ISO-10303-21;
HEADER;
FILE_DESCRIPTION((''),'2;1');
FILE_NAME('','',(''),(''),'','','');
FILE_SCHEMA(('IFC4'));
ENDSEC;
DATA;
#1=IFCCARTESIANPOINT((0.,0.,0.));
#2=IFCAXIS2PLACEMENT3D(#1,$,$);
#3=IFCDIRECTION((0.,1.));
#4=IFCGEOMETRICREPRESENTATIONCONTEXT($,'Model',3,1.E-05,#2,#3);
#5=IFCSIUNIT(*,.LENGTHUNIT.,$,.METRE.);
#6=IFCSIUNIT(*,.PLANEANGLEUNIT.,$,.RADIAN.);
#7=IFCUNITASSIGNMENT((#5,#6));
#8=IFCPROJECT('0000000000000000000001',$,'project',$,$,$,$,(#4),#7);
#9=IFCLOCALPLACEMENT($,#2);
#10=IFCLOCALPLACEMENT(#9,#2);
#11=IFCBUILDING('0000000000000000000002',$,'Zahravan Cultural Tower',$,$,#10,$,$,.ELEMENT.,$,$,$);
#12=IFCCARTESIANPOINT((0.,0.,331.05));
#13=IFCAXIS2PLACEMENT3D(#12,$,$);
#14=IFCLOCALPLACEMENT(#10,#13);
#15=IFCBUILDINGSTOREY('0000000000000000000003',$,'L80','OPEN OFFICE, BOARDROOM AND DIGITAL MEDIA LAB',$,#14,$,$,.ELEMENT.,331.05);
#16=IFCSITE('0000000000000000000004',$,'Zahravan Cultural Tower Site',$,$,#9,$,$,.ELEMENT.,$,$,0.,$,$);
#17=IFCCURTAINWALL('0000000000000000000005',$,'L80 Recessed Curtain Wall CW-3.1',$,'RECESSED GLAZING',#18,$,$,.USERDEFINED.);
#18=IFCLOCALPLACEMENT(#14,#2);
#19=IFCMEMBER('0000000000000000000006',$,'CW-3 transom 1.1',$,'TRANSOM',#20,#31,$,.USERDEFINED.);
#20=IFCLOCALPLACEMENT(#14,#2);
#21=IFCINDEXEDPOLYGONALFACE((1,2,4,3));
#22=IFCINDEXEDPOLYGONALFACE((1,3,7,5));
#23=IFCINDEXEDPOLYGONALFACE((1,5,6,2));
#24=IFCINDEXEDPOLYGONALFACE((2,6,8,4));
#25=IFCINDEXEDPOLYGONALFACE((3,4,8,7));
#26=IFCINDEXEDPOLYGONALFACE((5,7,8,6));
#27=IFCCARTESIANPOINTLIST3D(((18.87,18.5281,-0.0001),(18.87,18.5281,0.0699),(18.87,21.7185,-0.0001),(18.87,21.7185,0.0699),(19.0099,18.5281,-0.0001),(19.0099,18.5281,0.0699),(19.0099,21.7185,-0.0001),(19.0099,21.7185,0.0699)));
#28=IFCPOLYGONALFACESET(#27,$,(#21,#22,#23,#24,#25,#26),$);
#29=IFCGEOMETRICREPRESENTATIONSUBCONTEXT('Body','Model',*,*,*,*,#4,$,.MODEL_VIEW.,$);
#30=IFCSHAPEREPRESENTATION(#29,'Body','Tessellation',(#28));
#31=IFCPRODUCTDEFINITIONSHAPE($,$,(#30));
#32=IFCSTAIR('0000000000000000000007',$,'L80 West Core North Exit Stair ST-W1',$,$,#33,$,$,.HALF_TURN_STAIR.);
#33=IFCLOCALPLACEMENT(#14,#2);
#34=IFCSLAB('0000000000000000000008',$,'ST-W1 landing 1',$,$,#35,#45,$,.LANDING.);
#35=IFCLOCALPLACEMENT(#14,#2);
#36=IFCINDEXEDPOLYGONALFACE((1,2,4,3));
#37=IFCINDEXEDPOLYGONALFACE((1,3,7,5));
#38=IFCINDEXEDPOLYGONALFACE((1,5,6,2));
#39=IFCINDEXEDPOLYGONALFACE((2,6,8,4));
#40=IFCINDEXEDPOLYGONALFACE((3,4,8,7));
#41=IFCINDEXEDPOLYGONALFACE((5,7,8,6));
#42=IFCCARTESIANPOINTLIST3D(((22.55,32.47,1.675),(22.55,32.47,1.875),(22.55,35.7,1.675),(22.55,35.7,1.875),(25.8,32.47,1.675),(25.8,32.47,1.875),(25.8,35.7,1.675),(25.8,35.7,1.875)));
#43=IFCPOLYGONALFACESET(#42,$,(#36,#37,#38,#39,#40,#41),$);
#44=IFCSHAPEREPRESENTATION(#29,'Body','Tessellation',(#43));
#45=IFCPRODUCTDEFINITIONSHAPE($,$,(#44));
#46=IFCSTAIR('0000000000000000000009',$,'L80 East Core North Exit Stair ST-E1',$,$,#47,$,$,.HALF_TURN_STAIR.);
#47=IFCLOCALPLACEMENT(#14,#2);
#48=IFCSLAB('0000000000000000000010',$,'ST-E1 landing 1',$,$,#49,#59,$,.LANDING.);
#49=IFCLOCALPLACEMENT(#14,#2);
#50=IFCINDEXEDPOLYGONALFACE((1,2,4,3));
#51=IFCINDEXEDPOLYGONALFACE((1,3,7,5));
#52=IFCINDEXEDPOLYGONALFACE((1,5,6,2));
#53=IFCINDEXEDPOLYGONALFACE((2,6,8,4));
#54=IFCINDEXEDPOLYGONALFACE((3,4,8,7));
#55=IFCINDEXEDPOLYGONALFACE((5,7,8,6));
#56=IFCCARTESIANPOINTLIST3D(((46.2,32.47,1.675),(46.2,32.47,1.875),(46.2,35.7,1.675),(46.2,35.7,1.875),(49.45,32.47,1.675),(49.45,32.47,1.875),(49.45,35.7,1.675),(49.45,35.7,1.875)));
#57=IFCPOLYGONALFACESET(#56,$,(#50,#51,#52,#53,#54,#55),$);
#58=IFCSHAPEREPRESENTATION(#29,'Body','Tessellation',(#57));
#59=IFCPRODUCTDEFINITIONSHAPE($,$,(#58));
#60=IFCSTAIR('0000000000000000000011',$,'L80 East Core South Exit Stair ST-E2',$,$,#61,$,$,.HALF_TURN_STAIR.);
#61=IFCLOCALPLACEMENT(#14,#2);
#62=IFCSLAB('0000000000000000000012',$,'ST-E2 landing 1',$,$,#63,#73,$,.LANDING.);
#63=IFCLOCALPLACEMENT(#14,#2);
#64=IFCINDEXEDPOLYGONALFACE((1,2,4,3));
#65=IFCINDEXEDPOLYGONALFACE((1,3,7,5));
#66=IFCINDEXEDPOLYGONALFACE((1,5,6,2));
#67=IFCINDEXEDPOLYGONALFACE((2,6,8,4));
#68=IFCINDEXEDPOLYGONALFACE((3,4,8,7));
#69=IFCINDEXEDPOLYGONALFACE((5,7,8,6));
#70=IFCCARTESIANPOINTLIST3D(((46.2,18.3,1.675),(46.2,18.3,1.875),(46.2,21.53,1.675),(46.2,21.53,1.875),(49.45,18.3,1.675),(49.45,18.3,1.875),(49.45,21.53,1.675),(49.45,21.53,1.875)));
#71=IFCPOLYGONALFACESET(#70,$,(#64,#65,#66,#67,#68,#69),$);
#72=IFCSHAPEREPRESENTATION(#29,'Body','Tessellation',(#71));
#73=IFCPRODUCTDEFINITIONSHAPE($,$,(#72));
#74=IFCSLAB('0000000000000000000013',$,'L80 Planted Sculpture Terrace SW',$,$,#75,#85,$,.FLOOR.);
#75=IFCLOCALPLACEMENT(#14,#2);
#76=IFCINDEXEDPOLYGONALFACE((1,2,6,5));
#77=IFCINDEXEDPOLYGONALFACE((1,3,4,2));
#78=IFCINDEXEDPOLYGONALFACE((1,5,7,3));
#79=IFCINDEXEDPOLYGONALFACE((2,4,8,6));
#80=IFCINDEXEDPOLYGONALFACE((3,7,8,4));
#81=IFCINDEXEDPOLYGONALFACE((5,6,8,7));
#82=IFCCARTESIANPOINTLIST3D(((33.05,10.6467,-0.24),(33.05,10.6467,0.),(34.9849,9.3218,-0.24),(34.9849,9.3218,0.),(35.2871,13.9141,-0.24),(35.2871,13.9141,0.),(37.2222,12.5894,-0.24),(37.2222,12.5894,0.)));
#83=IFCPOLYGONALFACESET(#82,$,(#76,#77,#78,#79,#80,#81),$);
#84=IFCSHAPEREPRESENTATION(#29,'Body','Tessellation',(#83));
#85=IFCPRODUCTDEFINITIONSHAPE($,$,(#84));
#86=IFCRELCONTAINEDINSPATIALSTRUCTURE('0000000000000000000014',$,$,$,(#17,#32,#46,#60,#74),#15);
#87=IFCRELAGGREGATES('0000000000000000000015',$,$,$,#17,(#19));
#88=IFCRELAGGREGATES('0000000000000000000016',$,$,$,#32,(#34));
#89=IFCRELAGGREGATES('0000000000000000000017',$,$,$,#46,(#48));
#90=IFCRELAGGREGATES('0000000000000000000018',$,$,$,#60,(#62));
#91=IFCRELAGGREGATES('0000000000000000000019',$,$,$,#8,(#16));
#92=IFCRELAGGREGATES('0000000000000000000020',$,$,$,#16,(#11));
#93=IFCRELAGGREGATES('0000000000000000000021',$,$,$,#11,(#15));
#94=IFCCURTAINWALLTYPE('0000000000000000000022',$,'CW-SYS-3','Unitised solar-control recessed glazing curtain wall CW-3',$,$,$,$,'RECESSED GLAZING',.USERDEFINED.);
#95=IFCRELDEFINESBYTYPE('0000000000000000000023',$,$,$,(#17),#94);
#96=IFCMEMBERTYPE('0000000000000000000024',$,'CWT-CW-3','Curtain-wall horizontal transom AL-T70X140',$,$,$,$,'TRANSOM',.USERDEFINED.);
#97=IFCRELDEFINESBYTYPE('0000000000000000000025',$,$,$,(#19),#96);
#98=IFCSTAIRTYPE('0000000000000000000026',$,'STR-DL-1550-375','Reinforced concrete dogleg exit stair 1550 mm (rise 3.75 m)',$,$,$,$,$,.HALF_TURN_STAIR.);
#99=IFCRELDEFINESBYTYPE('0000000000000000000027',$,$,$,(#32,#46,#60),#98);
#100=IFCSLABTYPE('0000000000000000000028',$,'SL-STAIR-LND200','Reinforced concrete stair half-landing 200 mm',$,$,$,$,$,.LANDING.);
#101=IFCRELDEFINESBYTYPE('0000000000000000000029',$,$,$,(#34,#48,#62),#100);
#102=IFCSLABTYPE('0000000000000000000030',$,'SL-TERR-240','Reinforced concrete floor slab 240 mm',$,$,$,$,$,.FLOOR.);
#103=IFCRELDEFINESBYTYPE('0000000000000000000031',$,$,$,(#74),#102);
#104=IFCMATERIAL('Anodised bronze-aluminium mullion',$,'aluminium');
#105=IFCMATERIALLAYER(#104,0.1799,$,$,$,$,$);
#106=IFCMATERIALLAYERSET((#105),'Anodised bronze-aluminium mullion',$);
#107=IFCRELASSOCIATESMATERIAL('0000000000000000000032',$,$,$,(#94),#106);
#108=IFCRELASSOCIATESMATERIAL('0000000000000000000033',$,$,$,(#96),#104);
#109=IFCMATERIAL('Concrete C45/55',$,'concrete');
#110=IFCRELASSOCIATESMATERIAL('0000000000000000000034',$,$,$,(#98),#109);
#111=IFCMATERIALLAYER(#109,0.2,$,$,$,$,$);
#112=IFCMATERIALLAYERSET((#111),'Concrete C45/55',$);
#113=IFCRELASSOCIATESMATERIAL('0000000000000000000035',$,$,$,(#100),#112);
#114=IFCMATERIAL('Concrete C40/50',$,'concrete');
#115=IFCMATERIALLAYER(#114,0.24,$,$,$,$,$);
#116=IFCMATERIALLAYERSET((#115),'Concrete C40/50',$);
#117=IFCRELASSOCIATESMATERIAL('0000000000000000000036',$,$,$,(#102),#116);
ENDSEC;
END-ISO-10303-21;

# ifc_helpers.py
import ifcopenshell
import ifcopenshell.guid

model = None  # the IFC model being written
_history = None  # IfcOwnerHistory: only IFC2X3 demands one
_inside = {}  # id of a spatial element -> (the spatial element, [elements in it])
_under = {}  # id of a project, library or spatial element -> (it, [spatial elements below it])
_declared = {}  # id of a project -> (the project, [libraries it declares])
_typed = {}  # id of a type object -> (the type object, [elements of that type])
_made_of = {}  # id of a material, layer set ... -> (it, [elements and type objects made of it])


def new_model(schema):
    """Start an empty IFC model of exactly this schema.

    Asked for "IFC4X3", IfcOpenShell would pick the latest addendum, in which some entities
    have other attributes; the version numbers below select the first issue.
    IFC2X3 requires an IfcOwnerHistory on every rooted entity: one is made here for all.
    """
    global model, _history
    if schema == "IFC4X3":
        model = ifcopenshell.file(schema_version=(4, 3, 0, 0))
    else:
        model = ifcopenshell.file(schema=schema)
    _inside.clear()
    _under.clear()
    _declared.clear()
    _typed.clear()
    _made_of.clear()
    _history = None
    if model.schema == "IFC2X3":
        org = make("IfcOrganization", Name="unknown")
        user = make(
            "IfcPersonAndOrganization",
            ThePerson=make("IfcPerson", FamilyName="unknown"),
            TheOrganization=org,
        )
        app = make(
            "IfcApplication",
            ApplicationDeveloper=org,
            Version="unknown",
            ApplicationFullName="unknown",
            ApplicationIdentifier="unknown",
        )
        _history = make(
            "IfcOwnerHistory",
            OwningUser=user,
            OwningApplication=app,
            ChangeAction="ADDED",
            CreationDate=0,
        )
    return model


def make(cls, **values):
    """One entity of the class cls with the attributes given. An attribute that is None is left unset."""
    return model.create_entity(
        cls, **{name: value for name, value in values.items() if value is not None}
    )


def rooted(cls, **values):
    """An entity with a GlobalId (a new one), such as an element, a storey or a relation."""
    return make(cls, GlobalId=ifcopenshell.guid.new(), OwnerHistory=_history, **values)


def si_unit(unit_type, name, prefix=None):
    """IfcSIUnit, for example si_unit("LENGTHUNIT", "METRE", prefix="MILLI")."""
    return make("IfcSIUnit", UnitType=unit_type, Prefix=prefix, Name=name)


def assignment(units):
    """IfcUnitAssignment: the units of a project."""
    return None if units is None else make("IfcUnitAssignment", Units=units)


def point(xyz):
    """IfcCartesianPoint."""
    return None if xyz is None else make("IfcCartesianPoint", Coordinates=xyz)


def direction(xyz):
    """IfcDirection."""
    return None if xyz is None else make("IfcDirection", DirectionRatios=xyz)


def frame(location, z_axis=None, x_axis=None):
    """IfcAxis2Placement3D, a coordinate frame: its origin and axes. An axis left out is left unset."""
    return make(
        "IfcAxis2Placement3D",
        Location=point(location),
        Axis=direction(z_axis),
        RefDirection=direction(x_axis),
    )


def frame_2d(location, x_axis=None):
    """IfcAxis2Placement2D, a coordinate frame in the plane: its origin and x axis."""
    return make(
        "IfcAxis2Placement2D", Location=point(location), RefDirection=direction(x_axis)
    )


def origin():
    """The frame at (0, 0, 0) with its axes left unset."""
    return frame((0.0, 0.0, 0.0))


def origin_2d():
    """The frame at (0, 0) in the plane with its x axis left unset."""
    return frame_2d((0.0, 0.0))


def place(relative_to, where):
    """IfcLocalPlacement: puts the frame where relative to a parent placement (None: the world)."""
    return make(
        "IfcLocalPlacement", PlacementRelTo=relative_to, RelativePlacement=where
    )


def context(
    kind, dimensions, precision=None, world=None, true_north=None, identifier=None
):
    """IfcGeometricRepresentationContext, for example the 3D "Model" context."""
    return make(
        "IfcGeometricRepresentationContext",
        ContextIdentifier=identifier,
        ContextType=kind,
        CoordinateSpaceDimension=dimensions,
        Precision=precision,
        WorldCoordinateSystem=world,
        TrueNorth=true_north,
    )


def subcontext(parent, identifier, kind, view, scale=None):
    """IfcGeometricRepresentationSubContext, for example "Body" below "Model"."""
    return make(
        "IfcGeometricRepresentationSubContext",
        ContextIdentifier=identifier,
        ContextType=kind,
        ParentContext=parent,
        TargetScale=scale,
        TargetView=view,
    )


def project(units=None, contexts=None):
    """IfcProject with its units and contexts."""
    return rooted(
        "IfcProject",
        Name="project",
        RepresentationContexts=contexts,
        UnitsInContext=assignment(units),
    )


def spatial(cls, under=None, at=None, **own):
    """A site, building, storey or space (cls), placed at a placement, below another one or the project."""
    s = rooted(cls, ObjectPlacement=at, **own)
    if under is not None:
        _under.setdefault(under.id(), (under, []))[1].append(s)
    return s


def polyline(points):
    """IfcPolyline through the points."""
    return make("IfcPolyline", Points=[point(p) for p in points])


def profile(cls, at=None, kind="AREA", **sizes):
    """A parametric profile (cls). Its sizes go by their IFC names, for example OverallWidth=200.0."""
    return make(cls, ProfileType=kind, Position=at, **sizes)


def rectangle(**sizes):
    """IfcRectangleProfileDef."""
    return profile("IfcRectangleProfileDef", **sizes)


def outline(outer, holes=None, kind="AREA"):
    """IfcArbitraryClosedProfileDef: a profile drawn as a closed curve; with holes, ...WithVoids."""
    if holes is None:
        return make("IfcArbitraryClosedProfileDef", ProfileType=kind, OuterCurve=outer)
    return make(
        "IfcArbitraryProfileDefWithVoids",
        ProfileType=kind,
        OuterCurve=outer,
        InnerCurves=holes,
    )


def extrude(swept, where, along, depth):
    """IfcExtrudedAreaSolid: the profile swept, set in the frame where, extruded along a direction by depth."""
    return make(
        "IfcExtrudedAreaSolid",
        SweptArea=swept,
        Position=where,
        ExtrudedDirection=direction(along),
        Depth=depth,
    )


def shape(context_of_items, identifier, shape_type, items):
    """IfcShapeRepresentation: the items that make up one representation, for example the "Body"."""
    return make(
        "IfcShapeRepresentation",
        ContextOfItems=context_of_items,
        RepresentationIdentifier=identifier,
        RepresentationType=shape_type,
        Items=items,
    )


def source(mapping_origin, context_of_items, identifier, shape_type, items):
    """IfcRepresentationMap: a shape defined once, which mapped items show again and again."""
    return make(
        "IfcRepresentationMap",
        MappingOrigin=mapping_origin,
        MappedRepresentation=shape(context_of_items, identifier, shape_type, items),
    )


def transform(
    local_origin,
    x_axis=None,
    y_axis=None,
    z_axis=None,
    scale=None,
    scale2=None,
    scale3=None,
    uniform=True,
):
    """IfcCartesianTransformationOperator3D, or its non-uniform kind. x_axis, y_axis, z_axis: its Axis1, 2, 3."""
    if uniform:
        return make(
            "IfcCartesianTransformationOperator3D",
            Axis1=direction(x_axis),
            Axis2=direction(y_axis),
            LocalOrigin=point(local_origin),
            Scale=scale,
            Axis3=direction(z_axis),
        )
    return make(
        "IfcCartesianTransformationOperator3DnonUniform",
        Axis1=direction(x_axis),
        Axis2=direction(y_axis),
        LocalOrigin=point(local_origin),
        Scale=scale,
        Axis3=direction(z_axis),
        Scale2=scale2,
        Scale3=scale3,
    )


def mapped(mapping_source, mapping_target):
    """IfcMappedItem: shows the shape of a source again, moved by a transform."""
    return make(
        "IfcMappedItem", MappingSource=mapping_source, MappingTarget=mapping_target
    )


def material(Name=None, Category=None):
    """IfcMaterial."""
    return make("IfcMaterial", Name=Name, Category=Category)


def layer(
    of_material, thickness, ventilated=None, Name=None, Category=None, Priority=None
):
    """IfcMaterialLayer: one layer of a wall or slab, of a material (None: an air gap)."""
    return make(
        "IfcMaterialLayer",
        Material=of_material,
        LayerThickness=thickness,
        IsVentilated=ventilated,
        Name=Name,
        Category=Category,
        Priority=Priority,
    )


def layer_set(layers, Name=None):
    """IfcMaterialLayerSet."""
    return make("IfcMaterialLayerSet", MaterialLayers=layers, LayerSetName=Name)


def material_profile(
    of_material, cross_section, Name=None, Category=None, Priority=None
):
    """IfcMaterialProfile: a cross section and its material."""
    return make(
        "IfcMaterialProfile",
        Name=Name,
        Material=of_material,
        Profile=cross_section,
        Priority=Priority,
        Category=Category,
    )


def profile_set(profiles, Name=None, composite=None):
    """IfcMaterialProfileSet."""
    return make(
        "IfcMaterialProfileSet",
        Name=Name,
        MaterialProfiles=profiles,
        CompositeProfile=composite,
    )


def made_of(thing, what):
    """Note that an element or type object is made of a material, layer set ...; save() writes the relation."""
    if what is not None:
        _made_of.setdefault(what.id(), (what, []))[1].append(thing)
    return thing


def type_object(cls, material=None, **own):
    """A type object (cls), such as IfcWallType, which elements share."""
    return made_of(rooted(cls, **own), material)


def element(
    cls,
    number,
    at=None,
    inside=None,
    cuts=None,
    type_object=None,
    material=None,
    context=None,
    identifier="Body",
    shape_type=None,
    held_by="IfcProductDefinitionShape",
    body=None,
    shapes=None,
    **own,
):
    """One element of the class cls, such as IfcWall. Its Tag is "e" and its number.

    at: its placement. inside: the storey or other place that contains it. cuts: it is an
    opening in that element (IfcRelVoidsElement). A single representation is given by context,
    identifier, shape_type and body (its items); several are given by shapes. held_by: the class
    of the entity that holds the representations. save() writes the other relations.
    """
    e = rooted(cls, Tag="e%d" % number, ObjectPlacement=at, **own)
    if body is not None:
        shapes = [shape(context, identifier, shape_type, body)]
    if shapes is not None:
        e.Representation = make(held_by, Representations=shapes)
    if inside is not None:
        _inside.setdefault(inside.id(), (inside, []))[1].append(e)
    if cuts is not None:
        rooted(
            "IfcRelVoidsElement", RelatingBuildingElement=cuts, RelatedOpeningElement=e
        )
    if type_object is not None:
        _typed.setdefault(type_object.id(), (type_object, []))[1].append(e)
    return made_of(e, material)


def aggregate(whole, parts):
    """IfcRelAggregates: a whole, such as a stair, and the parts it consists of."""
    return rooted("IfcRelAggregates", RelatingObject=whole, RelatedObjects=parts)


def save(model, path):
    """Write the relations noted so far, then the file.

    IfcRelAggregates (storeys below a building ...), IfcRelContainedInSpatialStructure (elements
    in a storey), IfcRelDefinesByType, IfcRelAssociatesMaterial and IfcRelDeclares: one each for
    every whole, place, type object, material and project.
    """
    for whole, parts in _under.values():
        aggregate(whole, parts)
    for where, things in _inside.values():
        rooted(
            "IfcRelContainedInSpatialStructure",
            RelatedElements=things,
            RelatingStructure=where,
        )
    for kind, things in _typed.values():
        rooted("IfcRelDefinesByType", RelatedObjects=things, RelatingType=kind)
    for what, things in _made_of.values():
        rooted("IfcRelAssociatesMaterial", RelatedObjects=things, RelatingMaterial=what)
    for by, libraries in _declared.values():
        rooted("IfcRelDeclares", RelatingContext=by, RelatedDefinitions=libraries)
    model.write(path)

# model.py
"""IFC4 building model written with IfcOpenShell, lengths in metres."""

from ifc_helpers import new_model, si_unit, direction, frame, origin, origin_2d, place, context, subcontext, project, spatial, polyline, rectangle, outline, extrude, source, transform, mapped, material, layer, layer_set, material_profile, profile_set, type_object, element, aggregate, save


model = new_model("IFC4")

# Units and contexts
model_context = context("Model", 3, precision=1e-05, world=origin(), true_north=direction((0.0, 1.0)))
body_context = subcontext(model_context, "Body", "Model", "MODEL_VIEW")
ifc_project = project(units=[si_unit("LENGTHUNIT", "METRE"), si_unit("PLANEANGLEUNIT", "RADIAN")], contexts=[model_context])

# Site, building, storey
site_placement = place(None, origin())
site = spatial("IfcSite", under=ifc_project, at=site_placement, Name="Zahravan Cultural Tower Site", CompositionType="ELEMENT", RefElevation=0.0)
building_placement = place(site_placement, origin())
building = spatial("IfcBuilding", under=site, at=building_placement, Name="Zahravan Cultural Tower", CompositionType="ELEMENT")
storey_placement = place(building_placement, frame((0.0, 0.0, 331.05)))
storey = spatial("IfcBuildingStorey", under=building, at=storey_placement, Name="L80", Description="OPEN OFFICE, BOARDROOM AND DIGITAL MEDIA LAB", CompositionType="ELEMENT", Elevation=331.05)

# Curtain wall, member
ifc_material_1 = material(Name="Anodised bronze-aluminium mullion", Category="aluminium")
ifc_layer_1 = layer(ifc_material_1, 0.1799)
ifc_layer_set_1 = layer_set([ifc_layer_1], Name="Anodised bronze-aluminium mullion")
curtain_wall_type = type_object("IfcCurtainWallType", Name="CW-SYS-3", Description="Unitised solar-control recessed glazing curtain wall CW-3", ElementType="RECESSED GLAZING", PredefinedType="USERDEFINED", material=ifc_layer_set_1)
curtain_wall_placement = place(storey_placement, origin())
curtain_wall = element("IfcCurtainWall", 1, at=curtain_wall_placement, inside=storey, type_object=curtain_wall_type, Name="L80 Recessed Curtain Wall CW-3.1", ObjectType="RECESSED GLAZING", PredefinedType="USERDEFINED")
ifc_material_profile_1 = material_profile(ifc_material_1, rectangle(XDim=0.1399, YDim=0.0701, at=origin_2d()), Name="AL-T70X140")
ifc_profile_set_1 = profile_set([ifc_material_profile_1], Name="Anodised bronze-aluminium mullion")
member_type_1 = type_object("IfcMemberType", Name="CWT-CW-3", Description="Curtain-wall horizontal transom AL-T70X140", ElementType="TRANSOM", PredefinedType="USERDEFINED", material=ifc_profile_set_1)
shared_shape_1 = source(origin(), body_context, "Body", "SweptSolid", [
    extrude(rectangle(XDim=0.1399, YDim=0.0701, at=origin_2d()), origin(), (0.0, 0.0, 1.0), 3.1904),
])
member_1_placement = place(storey_placement, frame((18.9399, 18.5281, 0.0349), z_axis=(0.0, 1.0, 0.0), x_axis=(-1.0, 0.0, 0.0)))
member_1 = element("IfcMember", 2, at=member_1_placement, type_object=member_type_1, Name="CW-3 transom 1.1", ObjectType="TRANSOM", PredefinedType="USERDEFINED", context=body_context, shape_type="MappedRepresentation", body=[
    mapped(shared_shape_1, transform((0.0, 0.0, 0.0), x_axis=(1.0, 0.0, 0.0), y_axis=(0.0, 1.0, 0.0), z_axis=(0.0, 0.0, 1.0), scale=1.0)),
])
aggregate(curtain_wall, [member_1])

# Stairs, slabs
ifc_material_2 = material(Name="Concrete C45/55", Category="concrete")
stair_type = type_object("IfcStairType", Name="STR-DL-1550-375", Description="Reinforced concrete dogleg exit stair 1550 mm (rise 3.75 m)", PredefinedType="HALF_TURN_STAIR", material=ifc_material_2)
stair_1_placement = place(storey_placement, origin())
stair_1 = element("IfcStair", 3, at=stair_1_placement, inside=storey, type_object=stair_type, Name="L80 West Core North Exit Stair ST-W1", PredefinedType="HALF_TURN_STAIR")
ifc_layer_2 = layer(ifc_material_2, 0.2)
ifc_layer_set_2 = layer_set([ifc_layer_2], Name="Concrete C45/55")
slab_type_1 = type_object("IfcSlabType", Name="SL-STAIR-LND200", Description="Reinforced concrete stair half-landing 200 mm", PredefinedType="LANDING", material=ifc_layer_set_2)
slab_1_placement = place(storey_placement, frame((0.0, 0.0, 1.675)))
slab_1 = element("IfcSlab", 4, at=slab_1_placement, type_object=slab_type_1, Name="ST-W1 landing 1", PredefinedType="LANDING", context=body_context, shape_type="SweptSolid", body=[
    extrude(outline(polyline([(25.8, 32.47), (25.8, 35.7), (22.55, 35.7), (22.55, 32.47), (25.8, 32.47)])), origin(), (0.0, 0.0, 1.0), 0.2),
])
aggregate(stair_1, [slab_1])
stair_2_placement = place(storey_placement, origin())
stair_2 = element("IfcStair", 5, at=stair_2_placement, inside=storey, type_object=stair_type, Name="L80 East Core North Exit Stair ST-E1", PredefinedType="HALF_TURN_STAIR")
slab_2_placement = place(storey_placement, frame((0.0, 0.0, 1.675)))
slab_2 = element("IfcSlab", 6, at=slab_2_placement, type_object=slab_type_1, Name="ST-E1 landing 1", PredefinedType="LANDING", context=body_context, shape_type="SweptSolid", body=[
    extrude(outline(polyline([(49.45, 32.47), (49.45, 35.7), (46.2, 35.7), (46.2, 32.47), (49.45, 32.47)])), origin(), (0.0, 0.0, 1.0), 0.2),
])
aggregate(stair_2, [slab_2])
stair_3_placement = place(storey_placement, origin())
stair_3 = element("IfcStair", 7, at=stair_3_placement, inside=storey, type_object=stair_type, Name="L80 East Core South Exit Stair ST-E2", PredefinedType="HALF_TURN_STAIR")
slab_3_placement = place(storey_placement, frame((0.0, 0.0, 1.675)))
slab_3 = element("IfcSlab", 8, at=slab_3_placement, type_object=slab_type_1, Name="ST-E2 landing 1", PredefinedType="LANDING", context=body_context, shape_type="SweptSolid", body=[
    extrude(outline(polyline([(46.2, 21.53), (46.2, 18.3), (49.45, 18.3), (49.45, 21.53), (46.2, 21.53)])), origin(), (0.0, 0.0, 1.0), 0.2),
])
aggregate(stair_3, [slab_3])

# Slab
ifc_material_3 = material(Name="Concrete C40/50", Category="concrete")
ifc_layer_3 = layer(ifc_material_3, 0.24)
ifc_layer_set_3 = layer_set([ifc_layer_3], Name="Concrete C40/50")
slab_type_2 = type_object("IfcSlabType", Name="SL-TERR-240", Description="Reinforced concrete floor slab 240 mm", PredefinedType="FLOOR", material=ifc_layer_set_3)
slab_4_placement = place(storey_placement, frame((0.0, 0.0, -0.24)))
element("IfcSlab", 9, at=slab_4_placement, inside=storey, type_object=slab_type_2, Name="L80 Planted Sculpture Terrace SW", PredefinedType="FLOOR", context=body_context, shape_type="SweptSolid", body=[
    extrude(outline(polyline([(37.2222, 12.5894), (35.2871, 13.9141), (33.05, 10.6467), (34.9849, 9.3218), (37.2222, 12.5894)])), origin(), (0.0, 0.0, 1.0), 0.24),
])

save(model, "model.ifc")
